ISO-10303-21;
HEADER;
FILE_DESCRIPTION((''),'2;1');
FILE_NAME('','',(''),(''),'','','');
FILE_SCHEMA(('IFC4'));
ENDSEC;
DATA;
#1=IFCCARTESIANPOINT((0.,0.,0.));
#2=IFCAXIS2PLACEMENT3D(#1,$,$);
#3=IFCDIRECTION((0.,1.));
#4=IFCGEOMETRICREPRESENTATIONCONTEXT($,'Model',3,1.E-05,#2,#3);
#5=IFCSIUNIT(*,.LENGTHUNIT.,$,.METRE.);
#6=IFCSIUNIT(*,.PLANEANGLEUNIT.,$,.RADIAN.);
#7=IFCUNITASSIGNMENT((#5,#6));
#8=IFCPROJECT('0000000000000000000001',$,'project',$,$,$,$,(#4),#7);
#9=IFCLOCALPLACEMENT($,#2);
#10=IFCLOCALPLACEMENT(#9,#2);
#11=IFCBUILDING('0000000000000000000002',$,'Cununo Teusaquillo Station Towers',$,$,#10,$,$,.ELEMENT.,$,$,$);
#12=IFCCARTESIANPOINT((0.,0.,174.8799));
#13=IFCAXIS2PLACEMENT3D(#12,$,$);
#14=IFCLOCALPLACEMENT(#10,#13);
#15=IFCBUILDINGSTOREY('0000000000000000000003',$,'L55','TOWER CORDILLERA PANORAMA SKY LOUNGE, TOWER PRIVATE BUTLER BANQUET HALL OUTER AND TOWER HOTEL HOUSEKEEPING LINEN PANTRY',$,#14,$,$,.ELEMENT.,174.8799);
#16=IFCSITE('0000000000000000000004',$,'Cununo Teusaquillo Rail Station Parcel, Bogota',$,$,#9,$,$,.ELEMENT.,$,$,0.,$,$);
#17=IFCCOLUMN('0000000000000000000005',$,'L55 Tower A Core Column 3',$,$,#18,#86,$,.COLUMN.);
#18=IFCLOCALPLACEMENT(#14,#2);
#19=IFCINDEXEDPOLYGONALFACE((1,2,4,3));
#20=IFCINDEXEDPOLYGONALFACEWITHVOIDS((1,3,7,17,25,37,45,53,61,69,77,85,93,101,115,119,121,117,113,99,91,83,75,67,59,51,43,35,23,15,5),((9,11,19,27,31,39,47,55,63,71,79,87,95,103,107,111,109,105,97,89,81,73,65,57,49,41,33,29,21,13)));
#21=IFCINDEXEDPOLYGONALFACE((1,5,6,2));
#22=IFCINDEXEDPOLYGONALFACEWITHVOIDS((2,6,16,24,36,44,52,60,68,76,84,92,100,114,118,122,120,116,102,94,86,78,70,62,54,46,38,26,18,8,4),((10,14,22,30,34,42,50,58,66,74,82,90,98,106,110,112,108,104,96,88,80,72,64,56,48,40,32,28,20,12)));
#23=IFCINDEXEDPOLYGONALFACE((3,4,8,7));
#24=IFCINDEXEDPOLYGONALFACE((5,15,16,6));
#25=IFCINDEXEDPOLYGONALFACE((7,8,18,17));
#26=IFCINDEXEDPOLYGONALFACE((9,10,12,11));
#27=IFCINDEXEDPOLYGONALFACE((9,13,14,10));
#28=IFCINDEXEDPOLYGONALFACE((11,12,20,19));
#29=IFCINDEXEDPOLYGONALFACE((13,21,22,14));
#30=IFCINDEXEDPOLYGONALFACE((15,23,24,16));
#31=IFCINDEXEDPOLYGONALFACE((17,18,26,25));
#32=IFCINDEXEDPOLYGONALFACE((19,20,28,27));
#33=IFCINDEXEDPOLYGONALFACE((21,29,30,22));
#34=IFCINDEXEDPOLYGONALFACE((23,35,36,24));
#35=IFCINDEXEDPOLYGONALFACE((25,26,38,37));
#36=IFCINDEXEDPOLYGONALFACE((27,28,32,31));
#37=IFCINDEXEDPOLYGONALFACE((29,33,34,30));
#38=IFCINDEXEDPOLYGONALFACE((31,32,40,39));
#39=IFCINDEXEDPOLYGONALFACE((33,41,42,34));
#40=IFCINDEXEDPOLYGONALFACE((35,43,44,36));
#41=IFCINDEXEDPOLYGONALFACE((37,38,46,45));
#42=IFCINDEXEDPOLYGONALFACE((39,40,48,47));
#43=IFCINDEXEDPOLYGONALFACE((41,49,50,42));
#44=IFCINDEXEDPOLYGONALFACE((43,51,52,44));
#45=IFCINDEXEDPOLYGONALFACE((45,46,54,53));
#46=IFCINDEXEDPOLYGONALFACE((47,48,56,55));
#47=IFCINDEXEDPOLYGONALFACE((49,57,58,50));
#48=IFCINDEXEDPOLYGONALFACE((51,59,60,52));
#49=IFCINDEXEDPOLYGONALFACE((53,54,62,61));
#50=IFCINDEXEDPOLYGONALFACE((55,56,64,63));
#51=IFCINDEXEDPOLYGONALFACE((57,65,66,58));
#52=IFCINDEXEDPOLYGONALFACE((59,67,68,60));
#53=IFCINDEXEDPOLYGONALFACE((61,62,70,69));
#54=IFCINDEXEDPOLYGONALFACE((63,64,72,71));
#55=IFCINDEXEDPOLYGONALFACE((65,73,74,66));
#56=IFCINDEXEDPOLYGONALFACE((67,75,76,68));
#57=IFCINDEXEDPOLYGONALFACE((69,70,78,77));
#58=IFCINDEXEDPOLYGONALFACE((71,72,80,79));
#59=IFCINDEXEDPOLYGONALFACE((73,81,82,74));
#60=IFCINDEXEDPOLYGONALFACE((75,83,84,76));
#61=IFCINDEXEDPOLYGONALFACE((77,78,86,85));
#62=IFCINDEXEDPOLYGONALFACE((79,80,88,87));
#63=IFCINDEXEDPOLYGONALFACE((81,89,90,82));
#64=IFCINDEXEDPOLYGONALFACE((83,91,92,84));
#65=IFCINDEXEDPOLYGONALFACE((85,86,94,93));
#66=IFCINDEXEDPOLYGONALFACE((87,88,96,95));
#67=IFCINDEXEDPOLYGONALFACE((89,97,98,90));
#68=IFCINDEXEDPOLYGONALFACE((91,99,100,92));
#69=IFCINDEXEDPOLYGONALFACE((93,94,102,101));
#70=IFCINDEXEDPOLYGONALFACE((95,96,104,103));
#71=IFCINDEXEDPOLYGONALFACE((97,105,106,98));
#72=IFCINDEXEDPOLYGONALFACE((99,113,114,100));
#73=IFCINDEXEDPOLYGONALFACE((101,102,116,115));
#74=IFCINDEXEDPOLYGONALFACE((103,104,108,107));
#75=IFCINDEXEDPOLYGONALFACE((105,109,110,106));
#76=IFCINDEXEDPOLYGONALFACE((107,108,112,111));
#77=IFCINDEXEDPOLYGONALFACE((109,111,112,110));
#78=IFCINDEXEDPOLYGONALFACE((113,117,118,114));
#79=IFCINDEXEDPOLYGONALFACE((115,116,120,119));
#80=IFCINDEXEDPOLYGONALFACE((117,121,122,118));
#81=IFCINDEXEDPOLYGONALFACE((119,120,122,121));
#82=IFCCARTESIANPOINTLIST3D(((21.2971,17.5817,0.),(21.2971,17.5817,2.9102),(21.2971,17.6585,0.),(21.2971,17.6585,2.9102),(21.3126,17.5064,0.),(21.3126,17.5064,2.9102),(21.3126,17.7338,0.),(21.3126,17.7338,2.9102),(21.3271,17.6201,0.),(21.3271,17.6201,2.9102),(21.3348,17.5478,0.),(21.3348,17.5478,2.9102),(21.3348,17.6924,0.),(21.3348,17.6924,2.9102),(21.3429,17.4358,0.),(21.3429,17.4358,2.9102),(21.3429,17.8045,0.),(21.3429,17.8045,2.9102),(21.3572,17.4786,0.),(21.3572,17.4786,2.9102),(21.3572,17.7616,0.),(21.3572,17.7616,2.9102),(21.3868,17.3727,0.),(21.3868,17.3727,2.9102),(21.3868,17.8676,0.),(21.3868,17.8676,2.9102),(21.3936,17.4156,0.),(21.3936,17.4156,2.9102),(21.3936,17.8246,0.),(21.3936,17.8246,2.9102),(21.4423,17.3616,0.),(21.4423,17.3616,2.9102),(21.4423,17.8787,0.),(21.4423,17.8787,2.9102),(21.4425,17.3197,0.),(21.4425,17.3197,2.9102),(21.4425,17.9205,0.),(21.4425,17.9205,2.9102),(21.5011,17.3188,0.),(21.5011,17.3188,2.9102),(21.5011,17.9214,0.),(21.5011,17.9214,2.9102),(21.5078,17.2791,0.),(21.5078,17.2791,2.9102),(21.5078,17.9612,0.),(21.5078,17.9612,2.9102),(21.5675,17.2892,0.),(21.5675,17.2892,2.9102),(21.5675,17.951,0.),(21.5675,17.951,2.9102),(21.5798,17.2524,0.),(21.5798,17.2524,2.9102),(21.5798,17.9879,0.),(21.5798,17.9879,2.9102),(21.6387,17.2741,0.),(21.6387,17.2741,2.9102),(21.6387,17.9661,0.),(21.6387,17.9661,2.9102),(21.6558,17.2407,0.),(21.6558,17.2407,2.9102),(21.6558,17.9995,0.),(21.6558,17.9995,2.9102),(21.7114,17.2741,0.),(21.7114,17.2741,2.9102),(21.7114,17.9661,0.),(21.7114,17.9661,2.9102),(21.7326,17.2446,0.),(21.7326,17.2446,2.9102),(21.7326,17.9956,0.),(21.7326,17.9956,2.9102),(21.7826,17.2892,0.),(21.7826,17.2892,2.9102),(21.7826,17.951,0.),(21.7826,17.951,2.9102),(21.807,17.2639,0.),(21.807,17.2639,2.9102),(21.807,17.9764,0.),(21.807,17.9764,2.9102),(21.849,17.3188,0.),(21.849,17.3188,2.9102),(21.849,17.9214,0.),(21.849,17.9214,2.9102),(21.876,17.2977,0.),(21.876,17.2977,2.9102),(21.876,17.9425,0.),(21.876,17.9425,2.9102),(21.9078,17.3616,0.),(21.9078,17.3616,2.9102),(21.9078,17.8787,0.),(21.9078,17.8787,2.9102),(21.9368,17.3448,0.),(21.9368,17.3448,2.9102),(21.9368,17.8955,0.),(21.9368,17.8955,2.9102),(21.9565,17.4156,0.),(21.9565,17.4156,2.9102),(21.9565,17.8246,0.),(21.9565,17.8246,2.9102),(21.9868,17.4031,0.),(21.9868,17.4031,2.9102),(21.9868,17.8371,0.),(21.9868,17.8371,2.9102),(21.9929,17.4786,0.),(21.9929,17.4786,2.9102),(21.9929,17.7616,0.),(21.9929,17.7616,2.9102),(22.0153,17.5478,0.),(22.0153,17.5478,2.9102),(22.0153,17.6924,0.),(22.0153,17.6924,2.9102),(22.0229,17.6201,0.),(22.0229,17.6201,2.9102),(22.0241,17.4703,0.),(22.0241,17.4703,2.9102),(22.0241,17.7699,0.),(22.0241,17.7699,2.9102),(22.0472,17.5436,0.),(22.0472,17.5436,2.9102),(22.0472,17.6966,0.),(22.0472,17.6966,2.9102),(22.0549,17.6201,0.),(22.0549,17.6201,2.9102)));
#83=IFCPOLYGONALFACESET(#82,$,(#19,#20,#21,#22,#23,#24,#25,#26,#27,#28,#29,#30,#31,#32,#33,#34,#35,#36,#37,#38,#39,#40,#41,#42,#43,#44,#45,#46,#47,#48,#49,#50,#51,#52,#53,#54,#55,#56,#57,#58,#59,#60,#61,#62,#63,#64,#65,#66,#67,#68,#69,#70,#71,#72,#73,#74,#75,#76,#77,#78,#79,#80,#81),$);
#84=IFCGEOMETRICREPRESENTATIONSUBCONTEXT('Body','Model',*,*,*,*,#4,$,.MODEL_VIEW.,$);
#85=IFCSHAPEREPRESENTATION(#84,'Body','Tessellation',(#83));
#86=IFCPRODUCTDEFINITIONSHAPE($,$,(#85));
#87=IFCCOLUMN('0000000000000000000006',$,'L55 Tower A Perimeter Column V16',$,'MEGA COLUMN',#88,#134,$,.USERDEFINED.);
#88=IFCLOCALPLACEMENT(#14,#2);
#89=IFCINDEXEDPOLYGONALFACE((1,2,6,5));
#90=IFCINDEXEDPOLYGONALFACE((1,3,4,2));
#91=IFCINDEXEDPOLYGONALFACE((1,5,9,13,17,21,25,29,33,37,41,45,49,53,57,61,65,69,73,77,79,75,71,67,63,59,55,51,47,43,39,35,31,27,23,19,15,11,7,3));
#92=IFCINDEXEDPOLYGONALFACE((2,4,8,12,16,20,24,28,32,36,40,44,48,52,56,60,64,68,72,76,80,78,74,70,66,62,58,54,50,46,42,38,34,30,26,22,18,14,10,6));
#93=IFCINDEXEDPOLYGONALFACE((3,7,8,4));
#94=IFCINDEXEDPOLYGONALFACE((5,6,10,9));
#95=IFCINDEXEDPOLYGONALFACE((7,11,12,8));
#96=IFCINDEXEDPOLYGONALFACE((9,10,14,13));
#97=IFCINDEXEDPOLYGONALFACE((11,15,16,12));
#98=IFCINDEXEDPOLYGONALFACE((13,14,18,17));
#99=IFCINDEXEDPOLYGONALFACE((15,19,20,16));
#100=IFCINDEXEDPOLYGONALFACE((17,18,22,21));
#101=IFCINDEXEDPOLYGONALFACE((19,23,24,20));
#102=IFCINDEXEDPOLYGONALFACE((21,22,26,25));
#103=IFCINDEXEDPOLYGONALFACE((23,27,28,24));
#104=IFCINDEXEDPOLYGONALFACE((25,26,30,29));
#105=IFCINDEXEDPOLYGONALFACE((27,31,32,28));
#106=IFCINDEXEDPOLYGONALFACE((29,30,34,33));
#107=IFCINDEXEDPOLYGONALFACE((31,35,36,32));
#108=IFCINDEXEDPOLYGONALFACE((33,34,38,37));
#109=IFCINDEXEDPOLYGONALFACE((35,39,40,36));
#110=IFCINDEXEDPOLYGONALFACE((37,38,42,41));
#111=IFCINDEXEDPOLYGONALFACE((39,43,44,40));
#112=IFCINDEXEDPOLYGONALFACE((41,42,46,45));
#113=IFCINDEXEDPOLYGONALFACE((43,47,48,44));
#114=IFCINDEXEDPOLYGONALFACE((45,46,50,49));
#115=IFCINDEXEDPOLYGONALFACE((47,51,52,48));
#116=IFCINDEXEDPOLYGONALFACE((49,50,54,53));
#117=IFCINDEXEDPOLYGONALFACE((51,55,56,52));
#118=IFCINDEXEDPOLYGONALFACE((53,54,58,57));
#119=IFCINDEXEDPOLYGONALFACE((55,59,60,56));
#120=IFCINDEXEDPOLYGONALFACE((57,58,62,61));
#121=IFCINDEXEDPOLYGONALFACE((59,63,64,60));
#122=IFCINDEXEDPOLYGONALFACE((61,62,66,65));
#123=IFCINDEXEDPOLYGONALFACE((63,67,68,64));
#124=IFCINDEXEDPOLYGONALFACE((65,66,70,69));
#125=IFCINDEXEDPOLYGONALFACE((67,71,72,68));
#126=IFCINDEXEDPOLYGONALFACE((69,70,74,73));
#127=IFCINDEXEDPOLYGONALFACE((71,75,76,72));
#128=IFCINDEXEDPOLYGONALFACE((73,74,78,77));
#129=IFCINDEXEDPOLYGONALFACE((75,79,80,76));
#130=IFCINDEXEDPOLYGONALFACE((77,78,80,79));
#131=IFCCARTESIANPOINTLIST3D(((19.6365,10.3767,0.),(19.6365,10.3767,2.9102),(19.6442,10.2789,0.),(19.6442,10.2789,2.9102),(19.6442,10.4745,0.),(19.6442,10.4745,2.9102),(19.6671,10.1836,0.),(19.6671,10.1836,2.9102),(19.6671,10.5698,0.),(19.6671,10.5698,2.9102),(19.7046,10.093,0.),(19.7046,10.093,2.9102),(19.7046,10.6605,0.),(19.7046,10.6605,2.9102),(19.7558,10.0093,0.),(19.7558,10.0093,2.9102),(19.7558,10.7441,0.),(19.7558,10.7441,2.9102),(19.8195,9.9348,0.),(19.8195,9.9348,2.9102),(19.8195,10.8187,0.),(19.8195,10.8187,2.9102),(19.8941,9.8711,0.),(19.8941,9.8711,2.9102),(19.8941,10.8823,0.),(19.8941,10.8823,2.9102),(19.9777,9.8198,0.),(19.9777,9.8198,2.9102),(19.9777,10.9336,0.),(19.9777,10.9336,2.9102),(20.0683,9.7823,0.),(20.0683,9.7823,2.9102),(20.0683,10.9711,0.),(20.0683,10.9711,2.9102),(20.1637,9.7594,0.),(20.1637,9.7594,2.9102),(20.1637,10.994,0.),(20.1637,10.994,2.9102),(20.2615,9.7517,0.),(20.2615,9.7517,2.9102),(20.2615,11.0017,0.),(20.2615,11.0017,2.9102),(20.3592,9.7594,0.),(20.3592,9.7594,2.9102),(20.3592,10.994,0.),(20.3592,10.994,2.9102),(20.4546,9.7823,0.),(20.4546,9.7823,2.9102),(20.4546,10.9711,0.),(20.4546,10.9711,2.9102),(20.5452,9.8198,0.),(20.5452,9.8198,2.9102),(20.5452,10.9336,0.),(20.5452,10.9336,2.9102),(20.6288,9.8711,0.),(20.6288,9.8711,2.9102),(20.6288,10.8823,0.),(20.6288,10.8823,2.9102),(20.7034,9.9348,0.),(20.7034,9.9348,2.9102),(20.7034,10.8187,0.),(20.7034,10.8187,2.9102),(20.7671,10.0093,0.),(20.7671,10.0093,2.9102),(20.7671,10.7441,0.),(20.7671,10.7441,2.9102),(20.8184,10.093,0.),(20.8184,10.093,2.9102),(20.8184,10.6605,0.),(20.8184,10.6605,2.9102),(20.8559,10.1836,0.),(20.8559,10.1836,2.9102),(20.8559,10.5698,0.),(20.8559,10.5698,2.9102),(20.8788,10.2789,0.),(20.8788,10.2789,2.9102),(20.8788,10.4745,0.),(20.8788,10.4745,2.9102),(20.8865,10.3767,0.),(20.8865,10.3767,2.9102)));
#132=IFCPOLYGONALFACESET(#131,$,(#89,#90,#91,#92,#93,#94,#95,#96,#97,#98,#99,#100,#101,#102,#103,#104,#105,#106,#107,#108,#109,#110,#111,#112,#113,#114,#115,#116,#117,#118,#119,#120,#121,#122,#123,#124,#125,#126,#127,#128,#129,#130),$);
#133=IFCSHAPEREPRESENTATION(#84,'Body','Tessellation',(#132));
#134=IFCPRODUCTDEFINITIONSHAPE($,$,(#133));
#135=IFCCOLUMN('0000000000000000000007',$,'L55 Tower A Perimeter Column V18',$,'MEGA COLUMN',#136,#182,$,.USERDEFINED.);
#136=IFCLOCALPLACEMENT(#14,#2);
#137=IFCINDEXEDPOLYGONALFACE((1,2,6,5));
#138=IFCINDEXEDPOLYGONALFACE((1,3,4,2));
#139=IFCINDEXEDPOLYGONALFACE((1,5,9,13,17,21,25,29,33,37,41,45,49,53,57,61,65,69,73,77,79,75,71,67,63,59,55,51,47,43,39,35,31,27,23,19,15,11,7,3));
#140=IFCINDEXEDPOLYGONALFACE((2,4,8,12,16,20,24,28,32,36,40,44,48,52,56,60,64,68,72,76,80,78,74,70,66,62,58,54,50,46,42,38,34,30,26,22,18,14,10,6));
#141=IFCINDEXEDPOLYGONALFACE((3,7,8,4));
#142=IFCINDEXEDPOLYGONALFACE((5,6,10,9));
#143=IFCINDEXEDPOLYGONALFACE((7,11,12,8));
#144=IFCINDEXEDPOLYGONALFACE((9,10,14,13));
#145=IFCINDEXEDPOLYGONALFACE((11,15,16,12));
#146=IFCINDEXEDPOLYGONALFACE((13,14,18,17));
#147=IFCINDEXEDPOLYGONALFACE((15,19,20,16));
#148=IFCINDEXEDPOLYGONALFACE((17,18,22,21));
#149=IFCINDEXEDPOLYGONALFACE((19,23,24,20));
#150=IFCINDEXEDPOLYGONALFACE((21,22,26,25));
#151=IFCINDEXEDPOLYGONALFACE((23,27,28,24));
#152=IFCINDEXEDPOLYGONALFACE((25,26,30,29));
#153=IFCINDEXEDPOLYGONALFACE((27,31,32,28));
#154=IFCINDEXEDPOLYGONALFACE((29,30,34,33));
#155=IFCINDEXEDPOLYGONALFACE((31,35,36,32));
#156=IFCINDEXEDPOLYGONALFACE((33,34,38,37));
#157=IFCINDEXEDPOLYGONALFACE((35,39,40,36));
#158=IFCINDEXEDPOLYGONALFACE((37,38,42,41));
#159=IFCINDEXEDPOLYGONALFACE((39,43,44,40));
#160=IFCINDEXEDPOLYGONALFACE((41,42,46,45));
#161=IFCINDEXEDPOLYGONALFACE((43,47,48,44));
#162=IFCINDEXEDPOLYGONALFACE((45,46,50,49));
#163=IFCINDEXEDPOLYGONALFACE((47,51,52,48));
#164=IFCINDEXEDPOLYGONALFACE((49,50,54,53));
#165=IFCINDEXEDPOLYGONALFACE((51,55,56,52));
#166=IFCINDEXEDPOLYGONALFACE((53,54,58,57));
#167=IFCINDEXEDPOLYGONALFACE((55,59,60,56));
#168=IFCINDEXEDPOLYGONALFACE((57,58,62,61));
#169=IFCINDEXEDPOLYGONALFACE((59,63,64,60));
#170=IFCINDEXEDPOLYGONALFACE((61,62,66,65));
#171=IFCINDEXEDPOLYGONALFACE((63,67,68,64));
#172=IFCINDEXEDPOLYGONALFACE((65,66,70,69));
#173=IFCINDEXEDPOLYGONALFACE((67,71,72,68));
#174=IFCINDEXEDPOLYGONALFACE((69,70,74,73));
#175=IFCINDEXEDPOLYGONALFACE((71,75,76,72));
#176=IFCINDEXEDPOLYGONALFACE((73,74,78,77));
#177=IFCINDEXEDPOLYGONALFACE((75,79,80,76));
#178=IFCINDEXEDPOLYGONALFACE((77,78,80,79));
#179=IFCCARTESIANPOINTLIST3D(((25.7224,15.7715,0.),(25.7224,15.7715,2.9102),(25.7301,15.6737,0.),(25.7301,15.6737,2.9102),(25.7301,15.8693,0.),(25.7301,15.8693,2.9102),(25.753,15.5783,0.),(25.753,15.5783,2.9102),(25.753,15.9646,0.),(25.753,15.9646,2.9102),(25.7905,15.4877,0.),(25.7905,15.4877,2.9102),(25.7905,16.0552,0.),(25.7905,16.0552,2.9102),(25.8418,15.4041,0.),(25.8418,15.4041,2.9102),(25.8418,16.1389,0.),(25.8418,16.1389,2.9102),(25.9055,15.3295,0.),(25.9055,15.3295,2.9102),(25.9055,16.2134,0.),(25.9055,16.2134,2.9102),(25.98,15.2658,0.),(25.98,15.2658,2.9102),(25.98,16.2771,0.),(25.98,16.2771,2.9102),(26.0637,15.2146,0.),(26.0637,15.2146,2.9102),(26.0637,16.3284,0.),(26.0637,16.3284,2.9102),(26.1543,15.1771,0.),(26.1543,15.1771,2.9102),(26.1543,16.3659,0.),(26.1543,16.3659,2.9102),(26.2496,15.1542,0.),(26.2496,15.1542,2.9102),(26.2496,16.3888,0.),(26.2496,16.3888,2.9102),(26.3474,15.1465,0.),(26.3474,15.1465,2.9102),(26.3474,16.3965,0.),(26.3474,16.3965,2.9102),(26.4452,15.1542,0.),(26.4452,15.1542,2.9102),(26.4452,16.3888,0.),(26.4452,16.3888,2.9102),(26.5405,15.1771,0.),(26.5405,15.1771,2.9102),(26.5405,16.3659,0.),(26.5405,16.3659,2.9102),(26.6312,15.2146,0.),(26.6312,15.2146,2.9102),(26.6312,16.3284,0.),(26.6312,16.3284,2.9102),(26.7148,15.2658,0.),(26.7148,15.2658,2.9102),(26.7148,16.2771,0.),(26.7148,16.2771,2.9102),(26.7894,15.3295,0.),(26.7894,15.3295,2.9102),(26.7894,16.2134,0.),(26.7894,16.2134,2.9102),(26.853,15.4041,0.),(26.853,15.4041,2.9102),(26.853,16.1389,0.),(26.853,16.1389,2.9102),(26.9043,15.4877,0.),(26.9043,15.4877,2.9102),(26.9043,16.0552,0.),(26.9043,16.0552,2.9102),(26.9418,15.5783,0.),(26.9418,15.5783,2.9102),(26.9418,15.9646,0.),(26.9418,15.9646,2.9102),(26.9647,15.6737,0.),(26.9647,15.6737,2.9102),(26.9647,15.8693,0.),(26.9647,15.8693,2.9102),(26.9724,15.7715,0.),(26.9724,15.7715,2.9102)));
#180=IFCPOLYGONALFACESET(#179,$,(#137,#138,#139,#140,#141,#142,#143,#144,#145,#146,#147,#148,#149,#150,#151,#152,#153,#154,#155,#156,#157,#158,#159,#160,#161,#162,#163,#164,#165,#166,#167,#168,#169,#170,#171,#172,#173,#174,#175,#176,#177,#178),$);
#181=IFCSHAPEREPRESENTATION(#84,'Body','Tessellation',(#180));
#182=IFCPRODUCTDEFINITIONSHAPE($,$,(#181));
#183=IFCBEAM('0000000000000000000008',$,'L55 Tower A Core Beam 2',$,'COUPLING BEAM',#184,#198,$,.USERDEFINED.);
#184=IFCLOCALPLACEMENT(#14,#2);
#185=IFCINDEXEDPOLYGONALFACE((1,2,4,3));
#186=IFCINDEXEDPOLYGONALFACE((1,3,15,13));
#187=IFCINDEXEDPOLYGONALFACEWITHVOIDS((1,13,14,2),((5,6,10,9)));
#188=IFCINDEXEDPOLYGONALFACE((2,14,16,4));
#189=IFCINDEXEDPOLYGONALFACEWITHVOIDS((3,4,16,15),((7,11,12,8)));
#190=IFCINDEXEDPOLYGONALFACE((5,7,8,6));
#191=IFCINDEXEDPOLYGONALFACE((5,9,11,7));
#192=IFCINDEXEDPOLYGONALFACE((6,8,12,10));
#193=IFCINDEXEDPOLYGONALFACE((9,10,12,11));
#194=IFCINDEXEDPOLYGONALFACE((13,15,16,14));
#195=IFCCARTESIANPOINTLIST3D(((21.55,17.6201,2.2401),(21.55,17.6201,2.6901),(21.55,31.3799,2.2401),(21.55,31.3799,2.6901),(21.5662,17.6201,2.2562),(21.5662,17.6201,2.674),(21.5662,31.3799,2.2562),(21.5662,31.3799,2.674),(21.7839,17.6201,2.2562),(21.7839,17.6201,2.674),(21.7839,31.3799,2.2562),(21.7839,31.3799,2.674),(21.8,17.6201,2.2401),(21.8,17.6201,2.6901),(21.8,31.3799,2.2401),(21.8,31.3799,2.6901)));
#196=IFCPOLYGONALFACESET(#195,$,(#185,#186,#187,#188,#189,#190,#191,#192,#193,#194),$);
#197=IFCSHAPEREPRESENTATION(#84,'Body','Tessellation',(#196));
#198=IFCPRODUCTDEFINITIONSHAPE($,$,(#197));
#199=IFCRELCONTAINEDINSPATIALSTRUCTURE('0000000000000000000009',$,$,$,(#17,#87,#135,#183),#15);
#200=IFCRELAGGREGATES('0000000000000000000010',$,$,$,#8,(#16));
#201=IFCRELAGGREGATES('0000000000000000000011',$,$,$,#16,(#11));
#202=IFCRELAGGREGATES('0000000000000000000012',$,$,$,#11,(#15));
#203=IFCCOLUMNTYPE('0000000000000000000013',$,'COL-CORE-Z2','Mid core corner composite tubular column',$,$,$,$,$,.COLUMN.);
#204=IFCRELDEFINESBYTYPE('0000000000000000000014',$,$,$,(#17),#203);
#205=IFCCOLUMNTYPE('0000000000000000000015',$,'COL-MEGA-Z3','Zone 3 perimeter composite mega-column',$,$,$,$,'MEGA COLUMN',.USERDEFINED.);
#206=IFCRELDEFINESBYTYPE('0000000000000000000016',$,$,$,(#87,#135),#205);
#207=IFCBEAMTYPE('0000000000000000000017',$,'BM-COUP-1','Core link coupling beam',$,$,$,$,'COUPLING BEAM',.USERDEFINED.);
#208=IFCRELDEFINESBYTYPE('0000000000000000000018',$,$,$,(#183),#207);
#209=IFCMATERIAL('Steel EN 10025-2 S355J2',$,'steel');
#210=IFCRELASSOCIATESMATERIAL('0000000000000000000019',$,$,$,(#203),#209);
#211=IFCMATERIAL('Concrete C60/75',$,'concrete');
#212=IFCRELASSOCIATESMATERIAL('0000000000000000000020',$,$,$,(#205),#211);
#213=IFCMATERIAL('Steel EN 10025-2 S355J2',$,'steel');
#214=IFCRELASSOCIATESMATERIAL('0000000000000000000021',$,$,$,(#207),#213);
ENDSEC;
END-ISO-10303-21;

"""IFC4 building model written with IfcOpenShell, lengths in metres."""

from ifc_helpers import new_model, si_unit, direction, frame, origin, origin_2d, place, context, subcontext, project, spatial, hollow_rectangle, circle, hollow_circle, extrude, material, material_profile, profile_set, type_object, element, save


model = new_model("IFC4")

# Units and contexts
model_context = context("Model", 3, precision=1e-05, world=origin(), true_north=direction((0.0, 1.0)))
body_context = subcontext(model_context, "Body", "Model", "MODEL_VIEW")
ifc_project = project(units=[si_unit("LENGTHUNIT", "METRE"), si_unit("PLANEANGLEUNIT", "RADIAN")], contexts=[model_context])

# Site, building, storey
site_placement = place(None, origin())
site = spatial("IfcSite", under=ifc_project, at=site_placement, Name="Cununo Teusaquillo Rail Station Parcel, Bogota", CompositionType="ELEMENT", RefElevation=0.0)
building_placement = place(site_placement, origin())
building = spatial("IfcBuilding", under=site, at=building_placement, Name="Cununo Teusaquillo Station Towers", CompositionType="ELEMENT")
storey_placement = place(building_placement, frame((0.0, 0.0, 174.8799)))
storey = spatial("IfcBuildingStorey", under=building, at=storey_placement, Name="L55", Description="TOWER CORDILLERA PANORAMA SKY LOUNGE, TOWER PRIVATE BUTLER BANQUET HALL OUTER AND TOWER HOTEL HOUSEKEEPING LINEN PANTRY", CompositionType="ELEMENT", Elevation=174.8799)

# Columns
ifc_material_1 = material(Name="Steel EN 10025-2 S355J2", Category="steel")
ifc_material_profile_1 = material_profile(ifc_material_1, hollow_circle(Radius=0.3799, WallThickness=0.032, at=origin_2d()), Name="CHS 760x32")
ifc_profile_set_1 = profile_set([ifc_material_profile_1], Name="Steel EN 10025-2 S355J2")
column_type_1 = type_object("IfcColumnType", Name="COL-CORE-Z2", Description="Mid core corner composite tubular column", PredefinedType="COLUMN", material=ifc_profile_set_1)
column_placement = place(storey_placement, frame((21.675, 17.6201, 0.0), z_axis=(0.0, 0.0, 1.0), x_axis=(1.0, 0.0, 0.0)))
element("IfcColumn", 1, at=column_placement, inside=storey, type_object=column_type_1, Name="L55 Tower A Core Column 3", PredefinedType="COLUMN", context=body_context, shape_type="SweptSolid", body=[
    extrude(hollow_circle(Radius=0.3799, WallThickness=0.032, at=origin_2d()), origin(), (0.0, 0.0, 1.0), 2.9102),
])
ifc_material_2 = material(Name="Concrete C60/75", Category="concrete")
ifc_material_profile_2 = material_profile(ifc_material_2, circle(Radius=0.625, at=origin_2d()), Name="RC-CIRC-1250")
ifc_profile_set_2 = profile_set([ifc_material_profile_2], Name="Concrete C60/75")
column_type_2 = type_object("IfcColumnType", Name="COL-MEGA-Z3", Description="Zone 3 perimeter composite mega-column", ElementType="MEGA COLUMN", PredefinedType="USERDEFINED", material=ifc_profile_set_2)
for number, where, z_axis, x_axis, name in (
    (2, (20.2615, 10.3767, 0.0), (0.0, 0.0, 1.0), (1.0, 0.0, 0.0), "L55 Tower A Perimeter Column V16"),
    (3, (26.3474, 15.7715, 0.0), (0.0, 0.0, 1.0), (1.0, 0.0, 0.0), "L55 Tower A Perimeter Column V18"),
):
    element("IfcColumn", number, at=place(storey_placement, frame(where, z_axis=z_axis, x_axis=x_axis)), inside=storey, type_object=column_type_2, Name=name, ObjectType="MEGA COLUMN", PredefinedType="USERDEFINED", context=body_context, shape_type="SweptSolid", body=[
        extrude(circle(Radius=0.625, at=origin_2d()), origin(), (0.0, 0.0, 1.0), 2.9102),
    ])

# Beam
ifc_material_3 = material(Name="Steel EN 10025-2 S355J2", Category="steel")
ifc_material_profile_3 = material_profile(ifc_material_3, hollow_rectangle(XDim=0.25, YDim=0.45, WallThickness=0.0161, at=origin_2d()), Name="RHS 450x250x16")
ifc_profile_set_3 = profile_set([ifc_material_profile_3], Name="Steel EN 10025-2 S355J2")
beam_type_1 = type_object("IfcBeamType", Name="BM-COUP-1", Description="Core link coupling beam", ElementType="COUPLING BEAM", PredefinedType="USERDEFINED", material=ifc_profile_set_3)
beam_1_placement = place(storey_placement, frame((21.675, 17.6201, 2.4651), z_axis=(0.0, 1.0, 0.0), x_axis=(-1.0, 0.0, 0.0)))
element("IfcBeam", 4, at=beam_1_placement, inside=storey, type_object=beam_type_1, Name="L55 Tower A Core Beam 2", ObjectType="COUPLING BEAM", PredefinedType="USERDEFINED", context=body_context, shape_type="SweptSolid", body=[
    extrude(hollow_rectangle(XDim=0.25, YDim=0.45, WallThickness=0.0161, at=origin_2d()), origin(), (0.0, 0.0, 1.0), 13.7598),
])

save(model, "model.ifc")
